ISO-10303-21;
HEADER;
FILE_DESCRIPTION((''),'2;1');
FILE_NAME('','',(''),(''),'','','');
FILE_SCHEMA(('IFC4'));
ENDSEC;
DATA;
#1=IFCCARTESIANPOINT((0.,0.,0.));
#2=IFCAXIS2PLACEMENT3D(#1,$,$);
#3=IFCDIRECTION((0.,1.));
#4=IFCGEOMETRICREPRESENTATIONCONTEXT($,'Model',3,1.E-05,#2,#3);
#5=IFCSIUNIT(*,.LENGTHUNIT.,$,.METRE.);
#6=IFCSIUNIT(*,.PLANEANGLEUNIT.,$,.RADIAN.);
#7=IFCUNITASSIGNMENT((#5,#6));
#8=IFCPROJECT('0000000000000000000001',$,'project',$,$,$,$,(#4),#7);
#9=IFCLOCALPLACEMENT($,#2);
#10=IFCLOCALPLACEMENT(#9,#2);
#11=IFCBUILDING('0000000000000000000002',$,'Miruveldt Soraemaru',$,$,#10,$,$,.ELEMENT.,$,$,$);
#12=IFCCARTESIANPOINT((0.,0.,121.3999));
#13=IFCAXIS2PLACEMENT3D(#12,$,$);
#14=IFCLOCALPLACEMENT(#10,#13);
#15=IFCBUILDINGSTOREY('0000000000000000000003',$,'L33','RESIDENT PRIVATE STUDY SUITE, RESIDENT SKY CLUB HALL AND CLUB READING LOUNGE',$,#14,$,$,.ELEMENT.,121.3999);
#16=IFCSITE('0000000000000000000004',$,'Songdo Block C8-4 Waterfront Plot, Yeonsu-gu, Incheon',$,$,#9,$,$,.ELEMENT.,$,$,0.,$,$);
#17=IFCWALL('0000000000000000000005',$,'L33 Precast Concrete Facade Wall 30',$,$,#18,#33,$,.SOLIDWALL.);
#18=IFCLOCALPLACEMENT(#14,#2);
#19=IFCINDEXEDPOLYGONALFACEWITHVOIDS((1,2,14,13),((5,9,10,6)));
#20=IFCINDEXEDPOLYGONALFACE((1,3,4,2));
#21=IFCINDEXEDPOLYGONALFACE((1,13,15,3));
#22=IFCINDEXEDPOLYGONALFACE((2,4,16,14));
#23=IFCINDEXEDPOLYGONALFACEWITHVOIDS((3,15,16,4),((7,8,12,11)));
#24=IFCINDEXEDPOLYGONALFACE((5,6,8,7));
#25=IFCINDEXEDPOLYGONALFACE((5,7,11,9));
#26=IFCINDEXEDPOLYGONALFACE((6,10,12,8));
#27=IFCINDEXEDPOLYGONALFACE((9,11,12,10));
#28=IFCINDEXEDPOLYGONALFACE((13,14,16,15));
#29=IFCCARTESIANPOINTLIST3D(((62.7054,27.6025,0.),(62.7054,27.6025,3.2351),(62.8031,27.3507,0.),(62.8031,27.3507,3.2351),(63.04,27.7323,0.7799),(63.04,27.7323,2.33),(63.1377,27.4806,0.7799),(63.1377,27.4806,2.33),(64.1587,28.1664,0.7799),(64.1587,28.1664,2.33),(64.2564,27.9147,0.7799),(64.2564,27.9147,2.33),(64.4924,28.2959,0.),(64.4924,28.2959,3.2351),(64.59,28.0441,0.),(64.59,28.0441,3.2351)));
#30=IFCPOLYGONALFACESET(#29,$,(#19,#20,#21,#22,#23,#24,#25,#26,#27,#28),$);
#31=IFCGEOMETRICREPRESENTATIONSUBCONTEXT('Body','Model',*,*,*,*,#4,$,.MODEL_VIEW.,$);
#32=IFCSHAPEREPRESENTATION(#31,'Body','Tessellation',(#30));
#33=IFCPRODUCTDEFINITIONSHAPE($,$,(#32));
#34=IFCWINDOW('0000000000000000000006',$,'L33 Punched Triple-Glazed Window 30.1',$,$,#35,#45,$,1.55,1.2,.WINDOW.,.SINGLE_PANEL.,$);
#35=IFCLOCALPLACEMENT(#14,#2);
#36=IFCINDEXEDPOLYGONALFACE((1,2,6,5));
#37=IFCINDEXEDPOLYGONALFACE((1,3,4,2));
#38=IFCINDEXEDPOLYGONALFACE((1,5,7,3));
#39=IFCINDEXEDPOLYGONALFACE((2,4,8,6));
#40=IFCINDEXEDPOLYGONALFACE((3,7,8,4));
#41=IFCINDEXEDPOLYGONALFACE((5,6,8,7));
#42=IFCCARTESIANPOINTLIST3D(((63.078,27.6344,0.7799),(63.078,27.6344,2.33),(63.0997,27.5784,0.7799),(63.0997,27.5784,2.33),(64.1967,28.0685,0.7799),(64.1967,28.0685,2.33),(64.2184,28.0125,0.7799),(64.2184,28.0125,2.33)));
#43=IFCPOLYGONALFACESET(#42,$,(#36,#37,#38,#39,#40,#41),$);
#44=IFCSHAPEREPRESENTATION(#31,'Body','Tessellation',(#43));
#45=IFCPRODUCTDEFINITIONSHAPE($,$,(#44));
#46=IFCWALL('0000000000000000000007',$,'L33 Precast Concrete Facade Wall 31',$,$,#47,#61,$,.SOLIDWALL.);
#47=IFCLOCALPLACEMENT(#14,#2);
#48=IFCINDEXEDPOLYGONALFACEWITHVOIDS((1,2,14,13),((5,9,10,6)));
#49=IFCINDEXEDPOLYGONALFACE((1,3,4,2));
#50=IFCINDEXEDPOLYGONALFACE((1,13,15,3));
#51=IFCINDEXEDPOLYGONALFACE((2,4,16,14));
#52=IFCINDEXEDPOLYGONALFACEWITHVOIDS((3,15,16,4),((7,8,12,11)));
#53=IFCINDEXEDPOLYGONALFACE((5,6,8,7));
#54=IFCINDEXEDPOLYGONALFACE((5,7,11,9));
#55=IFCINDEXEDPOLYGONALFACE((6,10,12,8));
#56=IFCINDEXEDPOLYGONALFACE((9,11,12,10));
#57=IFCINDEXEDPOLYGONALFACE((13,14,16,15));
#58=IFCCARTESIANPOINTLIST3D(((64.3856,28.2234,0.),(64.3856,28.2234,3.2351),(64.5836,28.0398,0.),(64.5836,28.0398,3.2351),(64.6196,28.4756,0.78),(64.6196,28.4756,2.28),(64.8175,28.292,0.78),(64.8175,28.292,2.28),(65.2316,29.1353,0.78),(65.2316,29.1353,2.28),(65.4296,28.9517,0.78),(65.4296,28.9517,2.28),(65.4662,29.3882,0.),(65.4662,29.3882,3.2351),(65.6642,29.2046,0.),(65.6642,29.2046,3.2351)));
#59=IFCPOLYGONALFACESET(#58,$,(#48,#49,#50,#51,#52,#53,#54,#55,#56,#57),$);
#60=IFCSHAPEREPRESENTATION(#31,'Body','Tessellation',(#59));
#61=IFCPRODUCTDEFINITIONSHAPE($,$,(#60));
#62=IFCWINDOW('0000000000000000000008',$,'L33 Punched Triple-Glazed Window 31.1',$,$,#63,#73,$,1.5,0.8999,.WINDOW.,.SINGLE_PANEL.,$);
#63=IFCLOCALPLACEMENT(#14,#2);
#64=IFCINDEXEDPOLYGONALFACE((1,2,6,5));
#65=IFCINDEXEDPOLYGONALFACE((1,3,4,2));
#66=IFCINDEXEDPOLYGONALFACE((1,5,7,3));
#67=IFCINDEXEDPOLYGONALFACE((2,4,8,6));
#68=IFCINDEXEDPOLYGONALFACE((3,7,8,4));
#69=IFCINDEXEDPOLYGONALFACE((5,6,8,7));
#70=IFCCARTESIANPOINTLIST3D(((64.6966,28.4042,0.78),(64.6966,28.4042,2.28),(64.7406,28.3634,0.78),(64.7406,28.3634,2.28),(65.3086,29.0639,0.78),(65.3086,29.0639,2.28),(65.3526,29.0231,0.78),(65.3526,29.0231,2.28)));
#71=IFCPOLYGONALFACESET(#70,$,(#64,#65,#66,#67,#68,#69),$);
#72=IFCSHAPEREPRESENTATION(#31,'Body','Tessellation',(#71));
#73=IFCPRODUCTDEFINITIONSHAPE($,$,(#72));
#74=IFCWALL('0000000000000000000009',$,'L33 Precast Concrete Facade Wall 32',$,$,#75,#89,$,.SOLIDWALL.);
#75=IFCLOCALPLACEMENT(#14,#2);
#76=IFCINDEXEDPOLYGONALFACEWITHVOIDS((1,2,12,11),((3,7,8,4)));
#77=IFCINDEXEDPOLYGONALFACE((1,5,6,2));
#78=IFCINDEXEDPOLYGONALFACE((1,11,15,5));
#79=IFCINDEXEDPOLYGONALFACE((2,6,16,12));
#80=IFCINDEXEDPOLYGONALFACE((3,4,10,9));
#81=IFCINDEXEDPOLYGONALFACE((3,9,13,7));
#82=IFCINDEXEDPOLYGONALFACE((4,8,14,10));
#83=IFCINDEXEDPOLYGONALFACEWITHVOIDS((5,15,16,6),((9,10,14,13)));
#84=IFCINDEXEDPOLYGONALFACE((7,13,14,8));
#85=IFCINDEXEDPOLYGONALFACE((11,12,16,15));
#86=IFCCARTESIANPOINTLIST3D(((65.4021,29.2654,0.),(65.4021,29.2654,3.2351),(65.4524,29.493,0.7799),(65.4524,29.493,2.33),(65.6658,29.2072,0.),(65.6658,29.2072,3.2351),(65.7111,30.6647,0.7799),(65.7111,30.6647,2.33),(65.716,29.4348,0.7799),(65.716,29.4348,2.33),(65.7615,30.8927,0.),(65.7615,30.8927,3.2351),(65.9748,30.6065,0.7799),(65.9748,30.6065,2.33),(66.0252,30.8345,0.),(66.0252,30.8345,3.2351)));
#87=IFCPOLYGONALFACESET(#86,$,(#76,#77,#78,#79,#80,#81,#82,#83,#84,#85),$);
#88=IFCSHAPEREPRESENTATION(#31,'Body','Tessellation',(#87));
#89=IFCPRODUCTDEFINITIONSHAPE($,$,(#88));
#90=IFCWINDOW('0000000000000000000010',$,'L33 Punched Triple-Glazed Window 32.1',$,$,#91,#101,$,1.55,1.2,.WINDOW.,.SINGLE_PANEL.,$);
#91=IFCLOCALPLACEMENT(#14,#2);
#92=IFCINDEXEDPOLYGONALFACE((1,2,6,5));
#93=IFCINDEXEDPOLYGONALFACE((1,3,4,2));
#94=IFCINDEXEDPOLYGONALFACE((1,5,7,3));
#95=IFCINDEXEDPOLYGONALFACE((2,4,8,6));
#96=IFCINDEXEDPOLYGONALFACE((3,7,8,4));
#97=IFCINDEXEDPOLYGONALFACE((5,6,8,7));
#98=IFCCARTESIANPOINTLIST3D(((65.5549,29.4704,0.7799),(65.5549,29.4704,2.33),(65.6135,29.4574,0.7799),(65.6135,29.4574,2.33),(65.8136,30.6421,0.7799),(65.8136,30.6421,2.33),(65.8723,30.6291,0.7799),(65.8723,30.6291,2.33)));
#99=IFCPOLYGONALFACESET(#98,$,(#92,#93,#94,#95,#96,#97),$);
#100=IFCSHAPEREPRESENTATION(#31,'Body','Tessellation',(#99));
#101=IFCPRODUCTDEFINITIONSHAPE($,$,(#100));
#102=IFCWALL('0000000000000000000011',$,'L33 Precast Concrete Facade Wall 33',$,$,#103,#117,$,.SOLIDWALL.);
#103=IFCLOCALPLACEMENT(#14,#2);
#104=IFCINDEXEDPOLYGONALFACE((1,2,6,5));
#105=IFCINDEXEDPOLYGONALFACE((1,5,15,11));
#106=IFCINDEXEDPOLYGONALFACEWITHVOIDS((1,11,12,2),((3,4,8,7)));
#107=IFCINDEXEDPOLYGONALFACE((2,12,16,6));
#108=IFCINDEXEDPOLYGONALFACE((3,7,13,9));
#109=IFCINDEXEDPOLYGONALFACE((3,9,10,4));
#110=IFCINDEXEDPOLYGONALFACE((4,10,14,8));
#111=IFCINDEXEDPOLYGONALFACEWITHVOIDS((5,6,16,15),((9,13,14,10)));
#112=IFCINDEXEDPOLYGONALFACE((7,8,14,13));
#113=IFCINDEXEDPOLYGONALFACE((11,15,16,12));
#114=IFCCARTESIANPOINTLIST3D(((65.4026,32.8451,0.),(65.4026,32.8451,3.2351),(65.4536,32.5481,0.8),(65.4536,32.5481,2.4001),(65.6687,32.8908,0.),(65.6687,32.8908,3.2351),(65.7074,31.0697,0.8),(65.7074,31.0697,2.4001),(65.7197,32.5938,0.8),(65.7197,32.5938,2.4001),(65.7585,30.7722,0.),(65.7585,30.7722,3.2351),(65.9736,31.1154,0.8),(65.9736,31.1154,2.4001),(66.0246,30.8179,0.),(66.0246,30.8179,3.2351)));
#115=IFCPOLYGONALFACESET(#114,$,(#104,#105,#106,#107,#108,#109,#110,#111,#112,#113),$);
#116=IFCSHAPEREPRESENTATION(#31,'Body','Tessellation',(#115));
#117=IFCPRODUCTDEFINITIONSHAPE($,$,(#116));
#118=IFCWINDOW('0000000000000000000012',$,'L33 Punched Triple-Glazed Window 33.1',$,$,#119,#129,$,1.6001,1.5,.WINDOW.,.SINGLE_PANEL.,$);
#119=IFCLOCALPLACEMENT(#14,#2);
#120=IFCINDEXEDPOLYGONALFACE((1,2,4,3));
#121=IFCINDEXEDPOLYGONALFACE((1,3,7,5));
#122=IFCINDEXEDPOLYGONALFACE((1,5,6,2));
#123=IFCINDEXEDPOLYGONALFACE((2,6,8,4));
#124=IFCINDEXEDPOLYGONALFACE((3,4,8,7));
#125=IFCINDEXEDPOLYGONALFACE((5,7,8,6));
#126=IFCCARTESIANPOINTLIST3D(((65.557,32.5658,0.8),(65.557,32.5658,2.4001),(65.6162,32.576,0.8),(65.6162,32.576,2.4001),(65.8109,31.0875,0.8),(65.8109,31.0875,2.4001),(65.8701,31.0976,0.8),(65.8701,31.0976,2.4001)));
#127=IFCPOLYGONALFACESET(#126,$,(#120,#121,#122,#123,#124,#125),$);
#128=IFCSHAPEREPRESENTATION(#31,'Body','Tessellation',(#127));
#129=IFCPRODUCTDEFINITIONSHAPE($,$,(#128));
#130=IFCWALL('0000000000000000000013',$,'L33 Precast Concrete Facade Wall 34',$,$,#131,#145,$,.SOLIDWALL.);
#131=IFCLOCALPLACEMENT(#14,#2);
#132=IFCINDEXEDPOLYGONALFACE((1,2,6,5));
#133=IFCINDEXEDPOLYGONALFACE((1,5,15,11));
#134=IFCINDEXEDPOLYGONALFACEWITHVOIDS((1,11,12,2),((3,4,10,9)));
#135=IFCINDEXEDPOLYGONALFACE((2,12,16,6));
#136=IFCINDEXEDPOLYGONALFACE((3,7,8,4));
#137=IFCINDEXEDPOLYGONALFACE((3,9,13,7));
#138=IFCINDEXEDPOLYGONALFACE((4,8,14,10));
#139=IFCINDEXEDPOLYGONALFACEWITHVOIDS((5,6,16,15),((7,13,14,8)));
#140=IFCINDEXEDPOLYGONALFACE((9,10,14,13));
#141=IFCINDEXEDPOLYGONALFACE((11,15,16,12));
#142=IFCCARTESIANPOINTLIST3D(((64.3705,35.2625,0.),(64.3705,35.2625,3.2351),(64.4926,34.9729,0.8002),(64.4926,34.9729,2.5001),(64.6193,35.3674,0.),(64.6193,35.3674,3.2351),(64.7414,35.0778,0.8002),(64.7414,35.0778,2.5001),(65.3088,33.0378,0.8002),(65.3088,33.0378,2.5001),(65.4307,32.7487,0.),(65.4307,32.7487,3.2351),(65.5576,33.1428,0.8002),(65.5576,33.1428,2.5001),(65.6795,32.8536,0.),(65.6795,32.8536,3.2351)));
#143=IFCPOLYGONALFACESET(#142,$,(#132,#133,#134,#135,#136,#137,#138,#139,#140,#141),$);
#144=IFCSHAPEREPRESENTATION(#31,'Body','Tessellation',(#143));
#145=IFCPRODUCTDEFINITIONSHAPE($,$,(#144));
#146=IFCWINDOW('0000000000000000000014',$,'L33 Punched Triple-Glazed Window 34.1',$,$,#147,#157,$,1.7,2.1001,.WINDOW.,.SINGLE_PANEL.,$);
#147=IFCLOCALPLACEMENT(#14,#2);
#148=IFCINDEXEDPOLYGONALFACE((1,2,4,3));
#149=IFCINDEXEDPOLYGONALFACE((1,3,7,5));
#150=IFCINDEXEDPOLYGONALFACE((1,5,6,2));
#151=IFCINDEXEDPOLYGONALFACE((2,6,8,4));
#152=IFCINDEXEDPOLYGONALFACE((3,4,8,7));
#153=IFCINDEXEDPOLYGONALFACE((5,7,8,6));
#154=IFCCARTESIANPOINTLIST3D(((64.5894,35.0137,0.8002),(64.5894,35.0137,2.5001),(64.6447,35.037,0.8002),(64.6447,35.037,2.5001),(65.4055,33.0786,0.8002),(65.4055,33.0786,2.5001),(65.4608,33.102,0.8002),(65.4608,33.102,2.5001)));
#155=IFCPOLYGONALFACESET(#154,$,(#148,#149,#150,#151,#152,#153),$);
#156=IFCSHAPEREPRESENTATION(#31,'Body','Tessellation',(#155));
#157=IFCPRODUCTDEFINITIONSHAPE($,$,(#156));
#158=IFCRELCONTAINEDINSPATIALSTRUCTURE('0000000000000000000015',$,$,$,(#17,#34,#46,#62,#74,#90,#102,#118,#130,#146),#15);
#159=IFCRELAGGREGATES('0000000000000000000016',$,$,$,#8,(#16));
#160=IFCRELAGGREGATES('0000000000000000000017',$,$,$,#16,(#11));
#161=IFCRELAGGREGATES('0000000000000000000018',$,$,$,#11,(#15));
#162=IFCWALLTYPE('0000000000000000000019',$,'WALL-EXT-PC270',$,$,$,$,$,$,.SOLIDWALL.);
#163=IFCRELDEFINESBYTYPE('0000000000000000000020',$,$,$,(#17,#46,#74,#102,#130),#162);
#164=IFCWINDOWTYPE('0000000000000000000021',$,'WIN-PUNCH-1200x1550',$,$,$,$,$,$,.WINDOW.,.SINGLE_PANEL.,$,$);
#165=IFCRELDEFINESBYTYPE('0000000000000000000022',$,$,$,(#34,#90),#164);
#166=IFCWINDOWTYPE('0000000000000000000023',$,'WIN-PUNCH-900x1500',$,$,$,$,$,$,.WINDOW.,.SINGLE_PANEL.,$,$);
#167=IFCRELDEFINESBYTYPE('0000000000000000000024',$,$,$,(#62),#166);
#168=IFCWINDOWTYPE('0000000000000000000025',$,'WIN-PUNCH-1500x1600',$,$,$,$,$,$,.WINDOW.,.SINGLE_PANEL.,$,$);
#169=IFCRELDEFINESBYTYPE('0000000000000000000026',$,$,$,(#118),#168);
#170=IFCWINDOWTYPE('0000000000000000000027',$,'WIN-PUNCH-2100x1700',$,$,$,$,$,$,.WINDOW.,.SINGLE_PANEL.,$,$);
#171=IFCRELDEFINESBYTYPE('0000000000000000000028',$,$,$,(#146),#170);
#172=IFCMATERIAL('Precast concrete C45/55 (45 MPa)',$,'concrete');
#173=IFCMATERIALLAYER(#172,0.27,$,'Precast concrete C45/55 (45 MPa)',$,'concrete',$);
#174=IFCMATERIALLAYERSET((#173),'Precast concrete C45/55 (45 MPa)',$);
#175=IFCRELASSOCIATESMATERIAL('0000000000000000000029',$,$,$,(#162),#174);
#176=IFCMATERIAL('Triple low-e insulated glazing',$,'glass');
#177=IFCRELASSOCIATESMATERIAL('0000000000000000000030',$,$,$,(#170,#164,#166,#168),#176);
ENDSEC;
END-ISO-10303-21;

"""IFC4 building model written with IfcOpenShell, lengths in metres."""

from ifc_helpers import new_model, si_unit, direction, frame, frame_2d, origin, place, context, subcontext, project, spatial, rectangle, extrude, material, layer, layer_set, type_object, element, fill, save


model = new_model("IFC4")

# Units and contexts
model_context = context("Model", 3, precision=1e-05, world=origin(), true_north=direction((0.0, 1.0)))
body_context = subcontext(model_context, "Body", "Model", "MODEL_VIEW")
ifc_project = project(units=[si_unit("LENGTHUNIT", "METRE"), si_unit("PLANEANGLEUNIT", "RADIAN")], contexts=[model_context])

# Site, building, storey
site_placement = place(None, origin())
site = spatial("IfcSite", under=ifc_project, at=site_placement, Name="Songdo Block C8-4 Waterfront Plot, Yeonsu-gu, Incheon", CompositionType="ELEMENT", RefElevation=0.0)
building_placement = place(site_placement, origin())
building = spatial("IfcBuilding", under=site, at=building_placement, Name="Miruveldt Soraemaru", CompositionType="ELEMENT")
storey_placement = place(building_placement, frame((0.0, 0.0, 121.3999)))
storey = spatial("IfcBuildingStorey", under=building, at=storey_placement, Name="L33", Description="RESIDENT PRIVATE STUDY SUITE, RESIDENT SKY CLUB HALL AND CLUB READING LOUNGE", CompositionType="ELEMENT", Elevation=121.3999)

# Walls, openings, windows
ifc_material_1 = material(Name="Precast concrete C45/55 (45 MPa)", Category="concrete")
ifc_layer_1 = layer(ifc_material_1, 0.27, Name="Precast concrete C45/55 (45 MPa)", Category="concrete")
ifc_layer_set_1 = layer_set([ifc_layer_1], Name="Precast concrete C45/55 (45 MPa)")
wall_type_1 = type_object("IfcWallType", Name="WALL-EXT-PC270", PredefinedType="SOLIDWALL", material=ifc_layer_set_1)
ifc_material_2 = material(Name="Triple low-e insulated glazing", Category="glass")
window_type_1 = type_object("IfcWindowType", Name="WIN-PUNCH-2100x1700", PartitioningType="SINGLE_PANEL", PredefinedType="WINDOW", material=ifc_material_2)
wall_1_placement = place(storey_placement, frame((62.7542, 27.4766, 0.0), z_axis=(0.0, 0.0, 1.0), x_axis=(0.932275, 0.361752, 0.0)))
wall_1 = element("IfcWall", 1, at=wall_1_placement, inside=storey, type_object=wall_type_1, Name="L33 Precast Concrete Facade Wall 30", PredefinedType="SOLIDWALL", context=body_context, shape_type="SweptSolid", body=[
    extrude(rectangle(XDim=1.9167, YDim=0.27, at=frame_2d((0.9585, 0.0))), origin(), (0.0, 0.0, 1.0), 3.2351),
])
opening_1_placement = place(wall_1_placement, frame((0.3589, 0.0, 0.78)))
opening_1 = element("IfcOpeningElement", 2, at=opening_1_placement, cuts=wall_1, PredefinedType="OPENING", context=body_context, shape_type="SweptSolid", body=[
    extrude(rectangle(XDim=1.2, YDim=1.55, at=frame_2d((0.6001, 0.7749))), frame((0.0, 0.145, 0.0), z_axis=(0.0, -1.0, 0.0), x_axis=(1.0, 0.0, 0.0)), (0.0, 0.0, 1.0), 0.29),
])
window_type_2 = type_object("IfcWindowType", Name="WIN-PUNCH-1200x1550", PartitioningType="SINGLE_PANEL", PredefinedType="WINDOW", material=ifc_material_2)
window_1_placement = place(opening_1_placement, origin())
window_1 = element("IfcWindow", 3, at=window_1_placement, inside=storey, type_object=window_type_2, Name="L33 Punched Triple-Glazed Window 30.1", OverallHeight=1.55, OverallWidth=1.2, PartitioningType="SINGLE_PANEL", PredefinedType="WINDOW", context=body_context, shape_type="SweptSolid", body=[
    extrude(rectangle(XDim=1.2, YDim=1.55, at=frame_2d((0.6001, 0.7749))), frame((0.0, 0.03, 0.0), z_axis=(0.0, -1.0, 0.0), x_axis=(1.0, 0.0, 0.0)), (0.0, 0.0, 1.0), 0.0601),
])
fill(opening_1, window_1)
wall_2_placement = place(storey_placement, frame((64.4846, 28.1316, 0.0), z_axis=(0.0, 0.0, 1.0), x_axis=(0.680103, 0.733116, 0.0)))
wall_2 = element("IfcWall", 4, at=wall_2_placement, inside=storey, type_object=wall_type_1, Name="L33 Precast Concrete Facade Wall 31", PredefinedType="SOLIDWALL", context=body_context, shape_type="SweptSolid", body=[
    extrude(rectangle(XDim=1.5889, YDim=0.27, at=frame_2d((0.7944, 0.0))), origin(), (0.0, 0.0, 1.0), 3.2351),
])
opening_2_placement = place(wall_2_placement, frame((0.344, 0.0, 0.78)))
opening_2 = element("IfcOpeningElement", 5, at=opening_2_placement, cuts=wall_2, PredefinedType="OPENING", context=body_context, shape_type="SweptSolid", body=[
    extrude(rectangle(XDim=0.8999, YDim=1.5, at=frame_2d((0.45, 0.75))), frame((0.0, 0.145, 0.0), z_axis=(0.0, -1.0, 0.0), x_axis=(1.0, 0.0, 0.0)), (0.0, 0.0, 1.0), 0.29),
])
window_type_3 = type_object("IfcWindowType", Name="WIN-PUNCH-900x1500", PartitioningType="SINGLE_PANEL", PredefinedType="WINDOW", material=ifc_material_2)
window_2_placement = place(opening_2_placement, origin())
window_2 = element("IfcWindow", 6, at=window_2_placement, inside=storey, type_object=window_type_3, Name="L33 Punched Triple-Glazed Window 31.1", OverallHeight=1.5, OverallWidth=0.8999, PartitioningType="SINGLE_PANEL", PredefinedType="WINDOW", context=body_context, shape_type="SweptSolid", body=[
    extrude(rectangle(XDim=0.8999, YDim=1.5, at=frame_2d((0.45, 0.75))), frame((0.0, 0.03, 0.0), z_axis=(0.0, -1.0, 0.0), x_axis=(1.0, 0.0, 0.0)), (0.0, 0.0, 1.0), 0.0601),
])
fill(opening_2, window_2)
wall_3_placement = place(storey_placement, frame((65.5339, 29.2363, 0.0), z_axis=(0.0, 0.0, 1.0), x_axis=(0.215658, 0.976469, 0.0)))
wall_3 = element("IfcWall", 7, at=wall_3_placement, inside=storey, type_object=wall_type_1, Name="L33 Precast Concrete Facade Wall 32", PredefinedType="SOLIDWALL", context=body_context, shape_type="SweptSolid", body=[
    extrude(rectangle(XDim=1.6665, YDim=0.27, at=frame_2d((0.8333, 0.0))), origin(), (0.0, 0.0, 1.0), 3.2351),
])
opening_3_placement = place(wall_3_placement, frame((0.2329, 0.0, 0.78)))
opening_3 = element("IfcOpeningElement", 8, at=opening_3_placement, cuts=wall_3, PredefinedType="OPENING", context=body_context, shape_type="SweptSolid", body=[
    extrude(rectangle(XDim=1.2, YDim=1.55, at=frame_2d((0.6001, 0.7749))), frame((0.0, 0.145, 0.0), z_axis=(0.0, -1.0, 0.0), x_axis=(1.0, 0.0, 0.0)), (0.0, 0.0, 1.0), 0.29),
])
window_3_placement = place(opening_3_placement, origin())
window_3 = element("IfcWindow", 9, at=window_3_placement, inside=storey, type_object=window_type_2, Name="L33 Punched Triple-Glazed Window 32.1", OverallHeight=1.55, OverallWidth=1.2, PartitioningType="SINGLE_PANEL", PredefinedType="WINDOW", context=body_context, shape_type="SweptSolid", body=[
    extrude(rectangle(XDim=1.2, YDim=1.55, at=frame_2d((0.6001, 0.7749))), frame((0.0, 0.03, 0.0), z_axis=(0.0, -1.0, 0.0), x_axis=(1.0, 0.0, 0.0)), (0.0, 0.0, 1.0), 0.0601),
])
fill(opening_3, window_3)
wall_4_placement = place(storey_placement, frame((65.8916, 30.7949, 0.0), z_axis=(0.0, 0.0, 1.0), x_axis=(-0.169234, 0.985576, 0.0)))
wall_4 = element("IfcWall", 10, at=wall_4_placement, inside=storey, type_object=wall_type_1, Name="L33 Precast Concrete Facade Wall 33", PredefinedType="SOLIDWALL", context=body_context, shape_type="SweptSolid", body=[
    extrude(rectangle(XDim=2.1033, YDim=0.27, at=frame_2d((1.0518, 0.0))), origin(), (0.0, 0.0, 1.0), 3.2351),
])
opening_4_placement = place(wall_4_placement, frame((0.302, 0.0, 0.8)))
opening_4 = element("IfcOpeningElement", 11, at=opening_4_placement, cuts=wall_4, PredefinedType="OPENING", context=body_context, shape_type="SweptSolid", body=[
    extrude(rectangle(XDim=1.5, YDim=1.6001, at=frame_2d((0.75, 0.8))), frame((0.0, 0.145, 0.0), z_axis=(0.0, -1.0, 0.0), x_axis=(1.0, 0.0, 0.0)), (0.0, 0.0, 1.0), 0.29),
])
window_type_4 = type_object("IfcWindowType", Name="WIN-PUNCH-1500x1600", PartitioningType="SINGLE_PANEL", PredefinedType="WINDOW", material=ifc_material_2)
window_4_placement = place(opening_4_placement, origin())
window_4 = element("IfcWindow", 12, at=window_4_placement, inside=storey, type_object=window_type_4, Name="L33 Punched Triple-Glazed Window 33.1", OverallHeight=1.6001, OverallWidth=1.5, PartitioningType="SINGLE_PANEL", PredefinedType="WINDOW", context=body_context, shape_type="SweptSolid", body=[
    extrude(rectangle(XDim=1.5, YDim=1.6001, at=frame_2d((0.75, 0.8))), frame((0.0, 0.03, 0.0), z_axis=(0.0, -1.0, 0.0), x_axis=(1.0, 0.0, 0.0)), (0.0, 0.0, 1.0), 0.0601),
])
fill(opening_4, window_4)
wall_5_placement = place(storey_placement, frame((65.5552, 32.801, 0.0), z_axis=(0.0, 0.0, 1.0), x_axis=(-0.388621, 0.921398, 0.0)))
wall_5 = element("IfcWall", 13, at=wall_5_placement, inside=storey, type_object=wall_type_1, Name="L33 Precast Concrete Facade Wall 34", PredefinedType="SOLIDWALL", context=body_context, shape_type="SweptSolid", body=[
    extrude(rectangle(XDim=2.7283, YDim=0.27, at=frame_2d((1.3643, 0.0))), origin(), (0.0, 0.0, 1.0), 3.2351),
])
opening_5_placement = place(wall_5_placement, frame((0.314, 0.0, 0.8)))
opening_5 = element("IfcOpeningElement", 14, at=opening_5_placement, cuts=wall_5, PredefinedType="OPENING", context=body_context, shape_type="SweptSolid", body=[
    extrude(rectangle(XDim=2.1001, YDim=1.7, at=frame_2d((1.05, 0.8501))), frame((0.0, 0.145, 0.0), z_axis=(0.0, -1.0, 0.0), x_axis=(1.0, 0.0, 0.0)), (0.0, 0.0, 1.0), 0.29),
])
window_5_placement = place(opening_5_placement, origin())
window_5 = element("IfcWindow", 15, at=window_5_placement, inside=storey, type_object=window_type_1, Name="L33 Punched Triple-Glazed Window 34.1", OverallHeight=1.7, OverallWidth=2.1001, PartitioningType="SINGLE_PANEL", PredefinedType="WINDOW", context=body_context, shape_type="SweptSolid", body=[
    extrude(rectangle(XDim=2.1001, YDim=1.7, at=frame_2d((1.05, 0.8501))), frame((0.0, 0.03, 0.0), z_axis=(0.0, -1.0, 0.0), x_axis=(1.0, 0.0, 0.0)), (0.0, 0.0, 1.0), 0.0601),
])
fill(opening_5, window_5)

save(model, "model.ifc")
